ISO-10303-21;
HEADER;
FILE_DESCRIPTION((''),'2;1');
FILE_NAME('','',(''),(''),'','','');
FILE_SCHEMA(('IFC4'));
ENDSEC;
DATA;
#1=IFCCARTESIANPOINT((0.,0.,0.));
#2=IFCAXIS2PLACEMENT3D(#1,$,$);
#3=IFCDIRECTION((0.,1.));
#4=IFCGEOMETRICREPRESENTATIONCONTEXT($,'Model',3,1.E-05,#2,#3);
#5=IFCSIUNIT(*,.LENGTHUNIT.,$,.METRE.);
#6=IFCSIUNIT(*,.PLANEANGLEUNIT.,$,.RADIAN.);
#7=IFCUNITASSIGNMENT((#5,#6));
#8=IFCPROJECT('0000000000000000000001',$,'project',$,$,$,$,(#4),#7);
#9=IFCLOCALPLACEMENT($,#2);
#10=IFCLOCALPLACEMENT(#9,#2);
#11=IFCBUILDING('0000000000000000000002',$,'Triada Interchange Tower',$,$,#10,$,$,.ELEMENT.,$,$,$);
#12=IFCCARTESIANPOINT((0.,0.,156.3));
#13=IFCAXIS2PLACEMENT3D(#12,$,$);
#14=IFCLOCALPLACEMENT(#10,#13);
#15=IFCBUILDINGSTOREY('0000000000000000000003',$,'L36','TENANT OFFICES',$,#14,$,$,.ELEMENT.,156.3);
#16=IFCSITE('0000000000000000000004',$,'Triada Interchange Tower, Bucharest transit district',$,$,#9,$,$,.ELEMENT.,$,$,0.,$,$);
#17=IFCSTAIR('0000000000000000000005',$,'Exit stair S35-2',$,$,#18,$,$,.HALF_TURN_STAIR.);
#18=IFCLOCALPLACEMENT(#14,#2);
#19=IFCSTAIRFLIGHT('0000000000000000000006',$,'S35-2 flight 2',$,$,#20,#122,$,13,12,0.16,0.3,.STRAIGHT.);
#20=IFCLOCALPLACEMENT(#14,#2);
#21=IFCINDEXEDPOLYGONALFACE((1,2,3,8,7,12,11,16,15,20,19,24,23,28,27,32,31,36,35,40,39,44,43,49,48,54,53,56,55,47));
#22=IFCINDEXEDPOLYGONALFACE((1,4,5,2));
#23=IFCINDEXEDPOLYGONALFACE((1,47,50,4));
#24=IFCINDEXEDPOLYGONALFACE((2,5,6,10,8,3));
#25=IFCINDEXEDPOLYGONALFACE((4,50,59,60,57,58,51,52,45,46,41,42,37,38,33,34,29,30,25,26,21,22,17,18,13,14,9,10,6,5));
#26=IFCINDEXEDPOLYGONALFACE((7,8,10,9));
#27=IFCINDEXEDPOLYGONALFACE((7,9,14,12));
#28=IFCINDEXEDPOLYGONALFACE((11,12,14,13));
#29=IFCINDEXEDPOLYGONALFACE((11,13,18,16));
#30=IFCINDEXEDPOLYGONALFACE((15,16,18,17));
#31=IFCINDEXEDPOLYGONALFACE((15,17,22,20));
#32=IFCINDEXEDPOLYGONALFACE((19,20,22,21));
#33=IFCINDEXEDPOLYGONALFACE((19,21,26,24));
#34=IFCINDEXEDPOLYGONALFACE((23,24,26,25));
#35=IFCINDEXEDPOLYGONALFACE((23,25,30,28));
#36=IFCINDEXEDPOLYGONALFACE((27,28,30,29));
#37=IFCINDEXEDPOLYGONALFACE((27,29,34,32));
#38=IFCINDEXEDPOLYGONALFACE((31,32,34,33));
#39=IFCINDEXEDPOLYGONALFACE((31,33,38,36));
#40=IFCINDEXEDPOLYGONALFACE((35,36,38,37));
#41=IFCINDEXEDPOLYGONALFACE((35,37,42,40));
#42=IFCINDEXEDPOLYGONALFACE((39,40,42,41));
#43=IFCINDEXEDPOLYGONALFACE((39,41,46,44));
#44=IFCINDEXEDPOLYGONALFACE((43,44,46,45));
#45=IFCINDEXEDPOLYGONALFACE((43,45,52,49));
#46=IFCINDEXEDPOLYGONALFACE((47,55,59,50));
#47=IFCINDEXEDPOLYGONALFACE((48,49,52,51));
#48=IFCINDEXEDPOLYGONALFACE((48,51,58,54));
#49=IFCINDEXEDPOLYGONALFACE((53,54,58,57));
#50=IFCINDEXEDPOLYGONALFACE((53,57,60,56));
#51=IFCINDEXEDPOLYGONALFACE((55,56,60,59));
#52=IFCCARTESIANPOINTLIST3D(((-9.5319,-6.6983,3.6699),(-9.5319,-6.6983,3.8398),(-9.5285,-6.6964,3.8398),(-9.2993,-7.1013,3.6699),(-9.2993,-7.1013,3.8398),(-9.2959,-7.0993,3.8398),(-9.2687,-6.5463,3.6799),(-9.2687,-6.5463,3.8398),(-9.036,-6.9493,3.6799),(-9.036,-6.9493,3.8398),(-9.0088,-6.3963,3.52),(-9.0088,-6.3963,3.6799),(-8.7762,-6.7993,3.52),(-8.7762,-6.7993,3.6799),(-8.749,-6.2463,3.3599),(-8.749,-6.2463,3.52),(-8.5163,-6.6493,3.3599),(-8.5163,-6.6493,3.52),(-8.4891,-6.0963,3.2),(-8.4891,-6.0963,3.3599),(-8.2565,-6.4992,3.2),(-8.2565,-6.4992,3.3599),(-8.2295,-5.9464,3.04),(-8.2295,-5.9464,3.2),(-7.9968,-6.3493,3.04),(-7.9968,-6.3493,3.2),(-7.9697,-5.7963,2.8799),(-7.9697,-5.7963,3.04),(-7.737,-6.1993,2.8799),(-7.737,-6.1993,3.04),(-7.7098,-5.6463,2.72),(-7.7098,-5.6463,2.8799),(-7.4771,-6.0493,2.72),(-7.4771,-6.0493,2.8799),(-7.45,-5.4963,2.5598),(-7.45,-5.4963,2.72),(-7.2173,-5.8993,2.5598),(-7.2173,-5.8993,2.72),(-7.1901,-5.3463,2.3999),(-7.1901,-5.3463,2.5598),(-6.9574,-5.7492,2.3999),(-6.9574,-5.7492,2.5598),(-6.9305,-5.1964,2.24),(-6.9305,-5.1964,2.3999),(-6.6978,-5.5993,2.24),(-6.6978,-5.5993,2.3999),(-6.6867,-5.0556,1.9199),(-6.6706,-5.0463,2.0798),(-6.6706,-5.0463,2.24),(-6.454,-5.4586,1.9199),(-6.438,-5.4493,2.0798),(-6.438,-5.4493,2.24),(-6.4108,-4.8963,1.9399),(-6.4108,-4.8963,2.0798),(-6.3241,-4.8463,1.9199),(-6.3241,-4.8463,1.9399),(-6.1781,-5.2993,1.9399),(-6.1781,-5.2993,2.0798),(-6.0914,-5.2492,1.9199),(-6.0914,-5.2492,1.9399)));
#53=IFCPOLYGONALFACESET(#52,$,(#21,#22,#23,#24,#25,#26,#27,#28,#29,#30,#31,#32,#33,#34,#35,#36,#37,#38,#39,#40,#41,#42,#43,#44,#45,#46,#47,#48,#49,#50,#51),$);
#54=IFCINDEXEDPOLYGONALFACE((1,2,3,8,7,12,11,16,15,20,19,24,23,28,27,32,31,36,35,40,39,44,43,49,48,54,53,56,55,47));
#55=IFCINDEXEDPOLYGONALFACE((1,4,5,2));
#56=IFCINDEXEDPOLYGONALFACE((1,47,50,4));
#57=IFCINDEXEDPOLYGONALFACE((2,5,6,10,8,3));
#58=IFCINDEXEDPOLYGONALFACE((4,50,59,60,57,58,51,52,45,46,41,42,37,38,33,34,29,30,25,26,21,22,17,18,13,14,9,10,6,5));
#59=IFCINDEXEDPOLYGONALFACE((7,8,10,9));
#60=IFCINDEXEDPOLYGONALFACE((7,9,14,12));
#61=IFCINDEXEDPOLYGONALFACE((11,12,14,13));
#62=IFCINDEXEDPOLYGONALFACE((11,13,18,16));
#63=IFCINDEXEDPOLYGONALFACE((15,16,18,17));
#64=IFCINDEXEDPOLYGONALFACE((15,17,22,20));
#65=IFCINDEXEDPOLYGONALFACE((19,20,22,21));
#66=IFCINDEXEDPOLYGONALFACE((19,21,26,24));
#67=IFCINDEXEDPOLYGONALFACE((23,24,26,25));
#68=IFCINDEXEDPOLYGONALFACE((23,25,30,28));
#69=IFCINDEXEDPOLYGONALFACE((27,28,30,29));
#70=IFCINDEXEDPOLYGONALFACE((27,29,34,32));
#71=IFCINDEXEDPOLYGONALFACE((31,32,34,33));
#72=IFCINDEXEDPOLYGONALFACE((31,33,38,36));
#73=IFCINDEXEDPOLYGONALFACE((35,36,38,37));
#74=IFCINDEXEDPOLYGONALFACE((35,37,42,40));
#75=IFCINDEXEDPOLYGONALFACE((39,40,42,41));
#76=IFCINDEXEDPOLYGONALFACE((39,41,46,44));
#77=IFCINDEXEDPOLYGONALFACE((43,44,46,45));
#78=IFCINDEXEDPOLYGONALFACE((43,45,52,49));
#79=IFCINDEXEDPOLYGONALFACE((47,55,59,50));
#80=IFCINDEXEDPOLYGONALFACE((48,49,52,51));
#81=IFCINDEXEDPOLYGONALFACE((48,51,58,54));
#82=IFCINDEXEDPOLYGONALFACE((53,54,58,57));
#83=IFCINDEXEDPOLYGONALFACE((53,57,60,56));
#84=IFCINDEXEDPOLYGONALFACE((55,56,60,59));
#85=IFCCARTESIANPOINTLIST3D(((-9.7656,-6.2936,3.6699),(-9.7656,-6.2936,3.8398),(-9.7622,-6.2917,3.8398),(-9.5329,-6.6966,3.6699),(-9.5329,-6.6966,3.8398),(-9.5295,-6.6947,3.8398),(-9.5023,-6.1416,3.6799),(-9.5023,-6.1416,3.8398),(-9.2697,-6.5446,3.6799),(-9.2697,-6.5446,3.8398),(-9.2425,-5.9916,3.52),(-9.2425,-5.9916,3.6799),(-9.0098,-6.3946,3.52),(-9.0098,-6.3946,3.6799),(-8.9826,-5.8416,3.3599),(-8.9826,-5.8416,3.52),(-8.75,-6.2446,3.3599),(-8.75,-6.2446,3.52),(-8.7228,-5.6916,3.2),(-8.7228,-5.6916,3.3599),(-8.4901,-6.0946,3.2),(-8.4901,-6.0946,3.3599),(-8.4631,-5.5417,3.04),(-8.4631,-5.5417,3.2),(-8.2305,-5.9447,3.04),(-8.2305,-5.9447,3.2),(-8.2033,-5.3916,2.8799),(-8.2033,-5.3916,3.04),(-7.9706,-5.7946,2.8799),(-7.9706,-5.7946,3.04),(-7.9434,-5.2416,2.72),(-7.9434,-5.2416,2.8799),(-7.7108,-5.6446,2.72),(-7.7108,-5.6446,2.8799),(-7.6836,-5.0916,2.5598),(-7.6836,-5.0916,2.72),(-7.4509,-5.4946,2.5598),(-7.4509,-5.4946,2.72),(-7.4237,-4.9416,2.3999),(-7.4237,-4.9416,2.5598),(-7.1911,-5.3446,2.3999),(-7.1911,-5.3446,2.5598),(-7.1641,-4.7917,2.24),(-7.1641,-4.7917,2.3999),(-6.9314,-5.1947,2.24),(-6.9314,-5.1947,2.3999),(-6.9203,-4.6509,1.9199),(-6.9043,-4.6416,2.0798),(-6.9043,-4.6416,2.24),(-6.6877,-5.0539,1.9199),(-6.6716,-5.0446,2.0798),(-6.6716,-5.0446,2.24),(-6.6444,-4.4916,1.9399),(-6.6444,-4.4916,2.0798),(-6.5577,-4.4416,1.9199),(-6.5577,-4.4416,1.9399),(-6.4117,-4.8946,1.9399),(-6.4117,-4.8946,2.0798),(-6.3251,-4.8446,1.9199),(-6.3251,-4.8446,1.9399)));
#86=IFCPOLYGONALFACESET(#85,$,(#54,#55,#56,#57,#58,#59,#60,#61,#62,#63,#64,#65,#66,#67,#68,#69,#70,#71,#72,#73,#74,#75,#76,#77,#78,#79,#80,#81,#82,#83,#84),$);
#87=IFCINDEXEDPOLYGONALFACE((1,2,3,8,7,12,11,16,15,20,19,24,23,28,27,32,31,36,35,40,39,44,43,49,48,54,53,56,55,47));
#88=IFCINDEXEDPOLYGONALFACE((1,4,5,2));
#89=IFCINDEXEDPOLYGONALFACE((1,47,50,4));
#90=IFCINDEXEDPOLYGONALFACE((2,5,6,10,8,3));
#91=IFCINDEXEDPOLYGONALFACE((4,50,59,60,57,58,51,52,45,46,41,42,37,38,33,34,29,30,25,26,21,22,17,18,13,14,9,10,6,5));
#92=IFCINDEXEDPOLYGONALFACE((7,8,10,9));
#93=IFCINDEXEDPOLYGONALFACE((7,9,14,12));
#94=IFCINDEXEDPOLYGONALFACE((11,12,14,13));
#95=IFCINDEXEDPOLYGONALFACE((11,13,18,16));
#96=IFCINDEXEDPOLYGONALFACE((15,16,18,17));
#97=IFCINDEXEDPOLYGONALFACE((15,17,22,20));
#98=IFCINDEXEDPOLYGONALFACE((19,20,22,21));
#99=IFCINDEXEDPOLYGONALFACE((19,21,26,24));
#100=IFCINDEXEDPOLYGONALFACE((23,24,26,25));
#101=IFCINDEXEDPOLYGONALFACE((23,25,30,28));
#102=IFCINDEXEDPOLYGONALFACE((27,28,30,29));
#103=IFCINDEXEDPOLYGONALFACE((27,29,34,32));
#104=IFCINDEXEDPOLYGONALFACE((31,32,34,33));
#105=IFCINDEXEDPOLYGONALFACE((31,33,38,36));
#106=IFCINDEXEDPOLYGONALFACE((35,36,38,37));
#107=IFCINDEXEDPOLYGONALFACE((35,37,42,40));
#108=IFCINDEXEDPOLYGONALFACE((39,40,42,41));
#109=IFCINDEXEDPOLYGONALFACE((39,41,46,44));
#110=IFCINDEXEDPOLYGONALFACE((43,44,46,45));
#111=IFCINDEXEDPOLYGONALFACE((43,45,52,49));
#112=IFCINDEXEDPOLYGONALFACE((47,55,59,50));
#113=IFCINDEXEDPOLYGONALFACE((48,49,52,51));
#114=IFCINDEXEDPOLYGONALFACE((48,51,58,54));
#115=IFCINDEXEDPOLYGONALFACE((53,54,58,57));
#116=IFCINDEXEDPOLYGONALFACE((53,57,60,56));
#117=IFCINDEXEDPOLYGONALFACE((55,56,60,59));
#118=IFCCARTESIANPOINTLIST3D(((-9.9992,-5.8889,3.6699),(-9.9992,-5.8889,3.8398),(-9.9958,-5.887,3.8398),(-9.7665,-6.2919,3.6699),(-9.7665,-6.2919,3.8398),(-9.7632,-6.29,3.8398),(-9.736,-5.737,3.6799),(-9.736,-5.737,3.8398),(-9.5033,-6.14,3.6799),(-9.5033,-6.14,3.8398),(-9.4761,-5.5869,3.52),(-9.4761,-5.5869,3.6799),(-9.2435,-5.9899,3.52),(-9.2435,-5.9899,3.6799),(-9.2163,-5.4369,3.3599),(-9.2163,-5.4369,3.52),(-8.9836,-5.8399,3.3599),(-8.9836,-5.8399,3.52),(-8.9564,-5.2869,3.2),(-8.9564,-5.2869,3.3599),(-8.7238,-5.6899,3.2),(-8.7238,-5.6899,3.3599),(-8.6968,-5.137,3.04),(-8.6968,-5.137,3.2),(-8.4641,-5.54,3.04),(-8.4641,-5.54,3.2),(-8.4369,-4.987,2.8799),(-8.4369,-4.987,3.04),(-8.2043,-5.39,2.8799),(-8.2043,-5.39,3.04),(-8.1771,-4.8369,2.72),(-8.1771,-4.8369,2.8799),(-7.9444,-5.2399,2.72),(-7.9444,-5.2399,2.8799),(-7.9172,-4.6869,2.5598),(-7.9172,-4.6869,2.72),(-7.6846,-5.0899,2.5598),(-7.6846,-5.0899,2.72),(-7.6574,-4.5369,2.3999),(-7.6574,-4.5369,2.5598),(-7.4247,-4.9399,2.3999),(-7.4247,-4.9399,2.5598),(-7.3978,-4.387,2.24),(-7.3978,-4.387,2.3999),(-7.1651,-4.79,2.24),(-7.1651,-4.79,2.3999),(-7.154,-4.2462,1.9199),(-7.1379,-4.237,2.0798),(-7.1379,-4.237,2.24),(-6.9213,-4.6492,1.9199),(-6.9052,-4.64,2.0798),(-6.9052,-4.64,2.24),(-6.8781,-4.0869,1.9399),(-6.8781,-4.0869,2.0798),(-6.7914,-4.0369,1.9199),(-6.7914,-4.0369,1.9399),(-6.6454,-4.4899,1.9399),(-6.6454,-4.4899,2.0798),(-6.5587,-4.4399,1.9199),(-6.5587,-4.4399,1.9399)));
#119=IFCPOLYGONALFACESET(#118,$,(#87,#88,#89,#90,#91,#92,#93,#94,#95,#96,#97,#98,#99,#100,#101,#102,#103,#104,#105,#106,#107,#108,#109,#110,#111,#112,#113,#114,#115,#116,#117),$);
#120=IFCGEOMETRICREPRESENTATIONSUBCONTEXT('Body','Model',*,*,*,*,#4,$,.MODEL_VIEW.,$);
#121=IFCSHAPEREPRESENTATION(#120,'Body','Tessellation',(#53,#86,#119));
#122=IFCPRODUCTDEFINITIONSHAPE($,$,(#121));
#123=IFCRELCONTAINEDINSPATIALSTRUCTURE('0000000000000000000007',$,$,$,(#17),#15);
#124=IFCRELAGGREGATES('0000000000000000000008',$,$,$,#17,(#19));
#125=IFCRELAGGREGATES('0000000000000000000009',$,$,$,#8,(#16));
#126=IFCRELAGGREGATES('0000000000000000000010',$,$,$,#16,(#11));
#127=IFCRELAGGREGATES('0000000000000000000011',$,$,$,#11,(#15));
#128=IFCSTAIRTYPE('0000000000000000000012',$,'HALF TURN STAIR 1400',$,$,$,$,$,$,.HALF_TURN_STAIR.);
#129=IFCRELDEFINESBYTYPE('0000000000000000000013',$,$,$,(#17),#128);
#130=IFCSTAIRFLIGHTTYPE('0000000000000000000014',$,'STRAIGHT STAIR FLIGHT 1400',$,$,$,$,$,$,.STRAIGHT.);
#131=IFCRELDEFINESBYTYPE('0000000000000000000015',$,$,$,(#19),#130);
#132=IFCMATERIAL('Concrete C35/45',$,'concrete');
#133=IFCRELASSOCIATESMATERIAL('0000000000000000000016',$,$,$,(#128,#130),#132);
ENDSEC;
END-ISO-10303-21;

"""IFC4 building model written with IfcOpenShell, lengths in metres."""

from ifc_helpers import new_model, si_unit, direction, frame, origin, place, context, subcontext, project, spatial, polyline, outline, extrude, material, type_object, element, aggregate, save


model = new_model("IFC4")

# Units and contexts
model_context = context("Model", 3, precision=1e-05, world=origin(), true_north=direction((0.0, 1.0)))
body_context = subcontext(model_context, "Body", "Model", "MODEL_VIEW")
ifc_project = project(units=[si_unit("LENGTHUNIT", "METRE"), si_unit("PLANEANGLEUNIT", "RADIAN")], contexts=[model_context])

# Site, building, storey
site_placement = place(None, origin())
site = spatial("IfcSite", under=ifc_project, at=site_placement, Name="Triada Interchange Tower, Bucharest transit district", CompositionType="ELEMENT", RefElevation=0.0)
building_placement = place(site_placement, origin())
building = spatial("IfcBuilding", under=site, at=building_placement, Name="Triada Interchange Tower", CompositionType="ELEMENT")
storey_placement = place(building_placement, frame((0.0, 0.0, 156.3)))
storey = spatial("IfcBuildingStorey", under=building, at=storey_placement, Name="L36", Description="TENANT OFFICES", CompositionType="ELEMENT", Elevation=156.3)

# Stair, stair flight
ifc_material_1 = material(Name="Concrete C35/45", Category="concrete")
stair_type = type_object("IfcStairType", Name="HALF TURN STAIR 1400", PredefinedType="HALF_TURN_STAIR", material=ifc_material_1)
stair_placement = place(storey_placement, origin())
stair = element("IfcStair", 1, at=stair_placement, inside=storey, type_object=stair_type, Name="Exit stair S35-2", PredefinedType="HALF_TURN_STAIR")
stair_flight_type = type_object("IfcStairFlightType", Name="STRAIGHT STAIR FLIGHT 1400", PredefinedType="STRAIGHT", material=ifc_material_1)
stair_flight_1_placement = place(storey_placement, frame((-6.5281, -4.6931, 1.9199), z_axis=(0.0, 0.0, 1.0), x_axis=(-0.866025, -0.5, 0.0)))
stair_flight_1 = element("IfcStairFlight", 2, at=stair_flight_1_placement, type_object=stair_flight_type, Name="S35-2 flight 2", NumberOfRisers=13, NumberOfTreads=12, PredefinedType="STRAIGHT", RiserHeight=0.16, TreadLength=0.3, context=body_context, shape_type="SweptSolid", body=[
    extrude(outline(polyline([(-0.1001, 0.0), (-0.1001, 0.02), (0.0, 0.02), (0.0, 0.1599), (0.3, 0.1599), (0.3, 0.3201), (0.6001, 0.3201), (0.6001, 0.48), (0.8999, 0.48), (0.8999, 0.6399), (1.2, 0.6399), (1.2, 0.8), (1.5, 0.8), (1.5, 0.96), (1.8, 0.96), (1.8, 1.1201), (2.1001, 1.1201), (2.1001, 1.28), (2.3999, 1.28), (2.3999, 1.4399), (2.7, 1.4399), (2.7, 1.6001), (3.0, 1.6001), (3.0, 1.76), (3.3, 1.76), (3.3, 1.9199), (3.6001, 1.9199), (3.604, 1.9199), (3.604, 2.0801), (3.604, 1.75), (0.3186, 0.0), (-0.1001, 0.0)])), frame((0.0, 0.7, 0.0), z_axis=(0.0, -1.0, 0.0), x_axis=(1.0, 0.0, 0.0)), (0.0, 0.0, 1.0), 0.4653),
    extrude(outline(polyline([(-0.1001, 0.0), (-0.1001, 0.02), (0.0, 0.02), (0.0, 0.1599), (0.3, 0.1599), (0.3, 0.3201), (0.6001, 0.3201), (0.6001, 0.48), (0.8999, 0.48), (0.8999, 0.6399), (1.2, 0.6399), (1.2, 0.8), (1.5, 0.8), (1.5, 0.96), (1.8, 0.96), (1.8, 1.1201), (2.1001, 1.1201), (2.1001, 1.28), (2.3999, 1.28), (2.3999, 1.4399), (2.7, 1.4399), (2.7, 1.6001), (3.0, 1.6001), (3.0, 1.76), (3.3, 1.76), (3.3, 1.9199), (3.6001, 1.9199), (3.604, 1.9199), (3.604, 2.0801), (3.604, 1.75), (0.3186, 0.0), (-0.1001, 0.0)])), frame((0.0, 0.2327, 0.0), z_axis=(0.0, -1.0, 0.0), x_axis=(1.0, 0.0, 0.0)), (0.0, 0.0, 1.0), 0.4653),
    extrude(outline(polyline([(-0.1001, 0.0), (-0.1001, 0.02), (0.0, 0.02), (0.0, 0.1599), (0.3, 0.1599), (0.3, 0.3201), (0.6001, 0.3201), (0.6001, 0.48), (0.8999, 0.48), (0.8999, 0.6399), (1.2, 0.6399), (1.2, 0.8), (1.5, 0.8), (1.5, 0.96), (1.8, 0.96), (1.8, 1.1201), (2.1001, 1.1201), (2.1001, 1.28), (2.3999, 1.28), (2.3999, 1.4399), (2.7, 1.4399), (2.7, 1.6001), (3.0, 1.6001), (3.0, 1.76), (3.3, 1.76), (3.3, 1.9199), (3.6001, 1.9199), (3.604, 1.9199), (3.604, 2.0801), (3.604, 1.75), (0.3186, 0.0), (-0.1001, 0.0)])), frame((0.0, -0.2346, 0.0), z_axis=(0.0, -1.0, 0.0), x_axis=(1.0, 0.0, 0.0)), (0.0, 0.0, 1.0), 0.4653),
])
aggregate(stair, [stair_flight_1])

save(model, "model.ifc")
